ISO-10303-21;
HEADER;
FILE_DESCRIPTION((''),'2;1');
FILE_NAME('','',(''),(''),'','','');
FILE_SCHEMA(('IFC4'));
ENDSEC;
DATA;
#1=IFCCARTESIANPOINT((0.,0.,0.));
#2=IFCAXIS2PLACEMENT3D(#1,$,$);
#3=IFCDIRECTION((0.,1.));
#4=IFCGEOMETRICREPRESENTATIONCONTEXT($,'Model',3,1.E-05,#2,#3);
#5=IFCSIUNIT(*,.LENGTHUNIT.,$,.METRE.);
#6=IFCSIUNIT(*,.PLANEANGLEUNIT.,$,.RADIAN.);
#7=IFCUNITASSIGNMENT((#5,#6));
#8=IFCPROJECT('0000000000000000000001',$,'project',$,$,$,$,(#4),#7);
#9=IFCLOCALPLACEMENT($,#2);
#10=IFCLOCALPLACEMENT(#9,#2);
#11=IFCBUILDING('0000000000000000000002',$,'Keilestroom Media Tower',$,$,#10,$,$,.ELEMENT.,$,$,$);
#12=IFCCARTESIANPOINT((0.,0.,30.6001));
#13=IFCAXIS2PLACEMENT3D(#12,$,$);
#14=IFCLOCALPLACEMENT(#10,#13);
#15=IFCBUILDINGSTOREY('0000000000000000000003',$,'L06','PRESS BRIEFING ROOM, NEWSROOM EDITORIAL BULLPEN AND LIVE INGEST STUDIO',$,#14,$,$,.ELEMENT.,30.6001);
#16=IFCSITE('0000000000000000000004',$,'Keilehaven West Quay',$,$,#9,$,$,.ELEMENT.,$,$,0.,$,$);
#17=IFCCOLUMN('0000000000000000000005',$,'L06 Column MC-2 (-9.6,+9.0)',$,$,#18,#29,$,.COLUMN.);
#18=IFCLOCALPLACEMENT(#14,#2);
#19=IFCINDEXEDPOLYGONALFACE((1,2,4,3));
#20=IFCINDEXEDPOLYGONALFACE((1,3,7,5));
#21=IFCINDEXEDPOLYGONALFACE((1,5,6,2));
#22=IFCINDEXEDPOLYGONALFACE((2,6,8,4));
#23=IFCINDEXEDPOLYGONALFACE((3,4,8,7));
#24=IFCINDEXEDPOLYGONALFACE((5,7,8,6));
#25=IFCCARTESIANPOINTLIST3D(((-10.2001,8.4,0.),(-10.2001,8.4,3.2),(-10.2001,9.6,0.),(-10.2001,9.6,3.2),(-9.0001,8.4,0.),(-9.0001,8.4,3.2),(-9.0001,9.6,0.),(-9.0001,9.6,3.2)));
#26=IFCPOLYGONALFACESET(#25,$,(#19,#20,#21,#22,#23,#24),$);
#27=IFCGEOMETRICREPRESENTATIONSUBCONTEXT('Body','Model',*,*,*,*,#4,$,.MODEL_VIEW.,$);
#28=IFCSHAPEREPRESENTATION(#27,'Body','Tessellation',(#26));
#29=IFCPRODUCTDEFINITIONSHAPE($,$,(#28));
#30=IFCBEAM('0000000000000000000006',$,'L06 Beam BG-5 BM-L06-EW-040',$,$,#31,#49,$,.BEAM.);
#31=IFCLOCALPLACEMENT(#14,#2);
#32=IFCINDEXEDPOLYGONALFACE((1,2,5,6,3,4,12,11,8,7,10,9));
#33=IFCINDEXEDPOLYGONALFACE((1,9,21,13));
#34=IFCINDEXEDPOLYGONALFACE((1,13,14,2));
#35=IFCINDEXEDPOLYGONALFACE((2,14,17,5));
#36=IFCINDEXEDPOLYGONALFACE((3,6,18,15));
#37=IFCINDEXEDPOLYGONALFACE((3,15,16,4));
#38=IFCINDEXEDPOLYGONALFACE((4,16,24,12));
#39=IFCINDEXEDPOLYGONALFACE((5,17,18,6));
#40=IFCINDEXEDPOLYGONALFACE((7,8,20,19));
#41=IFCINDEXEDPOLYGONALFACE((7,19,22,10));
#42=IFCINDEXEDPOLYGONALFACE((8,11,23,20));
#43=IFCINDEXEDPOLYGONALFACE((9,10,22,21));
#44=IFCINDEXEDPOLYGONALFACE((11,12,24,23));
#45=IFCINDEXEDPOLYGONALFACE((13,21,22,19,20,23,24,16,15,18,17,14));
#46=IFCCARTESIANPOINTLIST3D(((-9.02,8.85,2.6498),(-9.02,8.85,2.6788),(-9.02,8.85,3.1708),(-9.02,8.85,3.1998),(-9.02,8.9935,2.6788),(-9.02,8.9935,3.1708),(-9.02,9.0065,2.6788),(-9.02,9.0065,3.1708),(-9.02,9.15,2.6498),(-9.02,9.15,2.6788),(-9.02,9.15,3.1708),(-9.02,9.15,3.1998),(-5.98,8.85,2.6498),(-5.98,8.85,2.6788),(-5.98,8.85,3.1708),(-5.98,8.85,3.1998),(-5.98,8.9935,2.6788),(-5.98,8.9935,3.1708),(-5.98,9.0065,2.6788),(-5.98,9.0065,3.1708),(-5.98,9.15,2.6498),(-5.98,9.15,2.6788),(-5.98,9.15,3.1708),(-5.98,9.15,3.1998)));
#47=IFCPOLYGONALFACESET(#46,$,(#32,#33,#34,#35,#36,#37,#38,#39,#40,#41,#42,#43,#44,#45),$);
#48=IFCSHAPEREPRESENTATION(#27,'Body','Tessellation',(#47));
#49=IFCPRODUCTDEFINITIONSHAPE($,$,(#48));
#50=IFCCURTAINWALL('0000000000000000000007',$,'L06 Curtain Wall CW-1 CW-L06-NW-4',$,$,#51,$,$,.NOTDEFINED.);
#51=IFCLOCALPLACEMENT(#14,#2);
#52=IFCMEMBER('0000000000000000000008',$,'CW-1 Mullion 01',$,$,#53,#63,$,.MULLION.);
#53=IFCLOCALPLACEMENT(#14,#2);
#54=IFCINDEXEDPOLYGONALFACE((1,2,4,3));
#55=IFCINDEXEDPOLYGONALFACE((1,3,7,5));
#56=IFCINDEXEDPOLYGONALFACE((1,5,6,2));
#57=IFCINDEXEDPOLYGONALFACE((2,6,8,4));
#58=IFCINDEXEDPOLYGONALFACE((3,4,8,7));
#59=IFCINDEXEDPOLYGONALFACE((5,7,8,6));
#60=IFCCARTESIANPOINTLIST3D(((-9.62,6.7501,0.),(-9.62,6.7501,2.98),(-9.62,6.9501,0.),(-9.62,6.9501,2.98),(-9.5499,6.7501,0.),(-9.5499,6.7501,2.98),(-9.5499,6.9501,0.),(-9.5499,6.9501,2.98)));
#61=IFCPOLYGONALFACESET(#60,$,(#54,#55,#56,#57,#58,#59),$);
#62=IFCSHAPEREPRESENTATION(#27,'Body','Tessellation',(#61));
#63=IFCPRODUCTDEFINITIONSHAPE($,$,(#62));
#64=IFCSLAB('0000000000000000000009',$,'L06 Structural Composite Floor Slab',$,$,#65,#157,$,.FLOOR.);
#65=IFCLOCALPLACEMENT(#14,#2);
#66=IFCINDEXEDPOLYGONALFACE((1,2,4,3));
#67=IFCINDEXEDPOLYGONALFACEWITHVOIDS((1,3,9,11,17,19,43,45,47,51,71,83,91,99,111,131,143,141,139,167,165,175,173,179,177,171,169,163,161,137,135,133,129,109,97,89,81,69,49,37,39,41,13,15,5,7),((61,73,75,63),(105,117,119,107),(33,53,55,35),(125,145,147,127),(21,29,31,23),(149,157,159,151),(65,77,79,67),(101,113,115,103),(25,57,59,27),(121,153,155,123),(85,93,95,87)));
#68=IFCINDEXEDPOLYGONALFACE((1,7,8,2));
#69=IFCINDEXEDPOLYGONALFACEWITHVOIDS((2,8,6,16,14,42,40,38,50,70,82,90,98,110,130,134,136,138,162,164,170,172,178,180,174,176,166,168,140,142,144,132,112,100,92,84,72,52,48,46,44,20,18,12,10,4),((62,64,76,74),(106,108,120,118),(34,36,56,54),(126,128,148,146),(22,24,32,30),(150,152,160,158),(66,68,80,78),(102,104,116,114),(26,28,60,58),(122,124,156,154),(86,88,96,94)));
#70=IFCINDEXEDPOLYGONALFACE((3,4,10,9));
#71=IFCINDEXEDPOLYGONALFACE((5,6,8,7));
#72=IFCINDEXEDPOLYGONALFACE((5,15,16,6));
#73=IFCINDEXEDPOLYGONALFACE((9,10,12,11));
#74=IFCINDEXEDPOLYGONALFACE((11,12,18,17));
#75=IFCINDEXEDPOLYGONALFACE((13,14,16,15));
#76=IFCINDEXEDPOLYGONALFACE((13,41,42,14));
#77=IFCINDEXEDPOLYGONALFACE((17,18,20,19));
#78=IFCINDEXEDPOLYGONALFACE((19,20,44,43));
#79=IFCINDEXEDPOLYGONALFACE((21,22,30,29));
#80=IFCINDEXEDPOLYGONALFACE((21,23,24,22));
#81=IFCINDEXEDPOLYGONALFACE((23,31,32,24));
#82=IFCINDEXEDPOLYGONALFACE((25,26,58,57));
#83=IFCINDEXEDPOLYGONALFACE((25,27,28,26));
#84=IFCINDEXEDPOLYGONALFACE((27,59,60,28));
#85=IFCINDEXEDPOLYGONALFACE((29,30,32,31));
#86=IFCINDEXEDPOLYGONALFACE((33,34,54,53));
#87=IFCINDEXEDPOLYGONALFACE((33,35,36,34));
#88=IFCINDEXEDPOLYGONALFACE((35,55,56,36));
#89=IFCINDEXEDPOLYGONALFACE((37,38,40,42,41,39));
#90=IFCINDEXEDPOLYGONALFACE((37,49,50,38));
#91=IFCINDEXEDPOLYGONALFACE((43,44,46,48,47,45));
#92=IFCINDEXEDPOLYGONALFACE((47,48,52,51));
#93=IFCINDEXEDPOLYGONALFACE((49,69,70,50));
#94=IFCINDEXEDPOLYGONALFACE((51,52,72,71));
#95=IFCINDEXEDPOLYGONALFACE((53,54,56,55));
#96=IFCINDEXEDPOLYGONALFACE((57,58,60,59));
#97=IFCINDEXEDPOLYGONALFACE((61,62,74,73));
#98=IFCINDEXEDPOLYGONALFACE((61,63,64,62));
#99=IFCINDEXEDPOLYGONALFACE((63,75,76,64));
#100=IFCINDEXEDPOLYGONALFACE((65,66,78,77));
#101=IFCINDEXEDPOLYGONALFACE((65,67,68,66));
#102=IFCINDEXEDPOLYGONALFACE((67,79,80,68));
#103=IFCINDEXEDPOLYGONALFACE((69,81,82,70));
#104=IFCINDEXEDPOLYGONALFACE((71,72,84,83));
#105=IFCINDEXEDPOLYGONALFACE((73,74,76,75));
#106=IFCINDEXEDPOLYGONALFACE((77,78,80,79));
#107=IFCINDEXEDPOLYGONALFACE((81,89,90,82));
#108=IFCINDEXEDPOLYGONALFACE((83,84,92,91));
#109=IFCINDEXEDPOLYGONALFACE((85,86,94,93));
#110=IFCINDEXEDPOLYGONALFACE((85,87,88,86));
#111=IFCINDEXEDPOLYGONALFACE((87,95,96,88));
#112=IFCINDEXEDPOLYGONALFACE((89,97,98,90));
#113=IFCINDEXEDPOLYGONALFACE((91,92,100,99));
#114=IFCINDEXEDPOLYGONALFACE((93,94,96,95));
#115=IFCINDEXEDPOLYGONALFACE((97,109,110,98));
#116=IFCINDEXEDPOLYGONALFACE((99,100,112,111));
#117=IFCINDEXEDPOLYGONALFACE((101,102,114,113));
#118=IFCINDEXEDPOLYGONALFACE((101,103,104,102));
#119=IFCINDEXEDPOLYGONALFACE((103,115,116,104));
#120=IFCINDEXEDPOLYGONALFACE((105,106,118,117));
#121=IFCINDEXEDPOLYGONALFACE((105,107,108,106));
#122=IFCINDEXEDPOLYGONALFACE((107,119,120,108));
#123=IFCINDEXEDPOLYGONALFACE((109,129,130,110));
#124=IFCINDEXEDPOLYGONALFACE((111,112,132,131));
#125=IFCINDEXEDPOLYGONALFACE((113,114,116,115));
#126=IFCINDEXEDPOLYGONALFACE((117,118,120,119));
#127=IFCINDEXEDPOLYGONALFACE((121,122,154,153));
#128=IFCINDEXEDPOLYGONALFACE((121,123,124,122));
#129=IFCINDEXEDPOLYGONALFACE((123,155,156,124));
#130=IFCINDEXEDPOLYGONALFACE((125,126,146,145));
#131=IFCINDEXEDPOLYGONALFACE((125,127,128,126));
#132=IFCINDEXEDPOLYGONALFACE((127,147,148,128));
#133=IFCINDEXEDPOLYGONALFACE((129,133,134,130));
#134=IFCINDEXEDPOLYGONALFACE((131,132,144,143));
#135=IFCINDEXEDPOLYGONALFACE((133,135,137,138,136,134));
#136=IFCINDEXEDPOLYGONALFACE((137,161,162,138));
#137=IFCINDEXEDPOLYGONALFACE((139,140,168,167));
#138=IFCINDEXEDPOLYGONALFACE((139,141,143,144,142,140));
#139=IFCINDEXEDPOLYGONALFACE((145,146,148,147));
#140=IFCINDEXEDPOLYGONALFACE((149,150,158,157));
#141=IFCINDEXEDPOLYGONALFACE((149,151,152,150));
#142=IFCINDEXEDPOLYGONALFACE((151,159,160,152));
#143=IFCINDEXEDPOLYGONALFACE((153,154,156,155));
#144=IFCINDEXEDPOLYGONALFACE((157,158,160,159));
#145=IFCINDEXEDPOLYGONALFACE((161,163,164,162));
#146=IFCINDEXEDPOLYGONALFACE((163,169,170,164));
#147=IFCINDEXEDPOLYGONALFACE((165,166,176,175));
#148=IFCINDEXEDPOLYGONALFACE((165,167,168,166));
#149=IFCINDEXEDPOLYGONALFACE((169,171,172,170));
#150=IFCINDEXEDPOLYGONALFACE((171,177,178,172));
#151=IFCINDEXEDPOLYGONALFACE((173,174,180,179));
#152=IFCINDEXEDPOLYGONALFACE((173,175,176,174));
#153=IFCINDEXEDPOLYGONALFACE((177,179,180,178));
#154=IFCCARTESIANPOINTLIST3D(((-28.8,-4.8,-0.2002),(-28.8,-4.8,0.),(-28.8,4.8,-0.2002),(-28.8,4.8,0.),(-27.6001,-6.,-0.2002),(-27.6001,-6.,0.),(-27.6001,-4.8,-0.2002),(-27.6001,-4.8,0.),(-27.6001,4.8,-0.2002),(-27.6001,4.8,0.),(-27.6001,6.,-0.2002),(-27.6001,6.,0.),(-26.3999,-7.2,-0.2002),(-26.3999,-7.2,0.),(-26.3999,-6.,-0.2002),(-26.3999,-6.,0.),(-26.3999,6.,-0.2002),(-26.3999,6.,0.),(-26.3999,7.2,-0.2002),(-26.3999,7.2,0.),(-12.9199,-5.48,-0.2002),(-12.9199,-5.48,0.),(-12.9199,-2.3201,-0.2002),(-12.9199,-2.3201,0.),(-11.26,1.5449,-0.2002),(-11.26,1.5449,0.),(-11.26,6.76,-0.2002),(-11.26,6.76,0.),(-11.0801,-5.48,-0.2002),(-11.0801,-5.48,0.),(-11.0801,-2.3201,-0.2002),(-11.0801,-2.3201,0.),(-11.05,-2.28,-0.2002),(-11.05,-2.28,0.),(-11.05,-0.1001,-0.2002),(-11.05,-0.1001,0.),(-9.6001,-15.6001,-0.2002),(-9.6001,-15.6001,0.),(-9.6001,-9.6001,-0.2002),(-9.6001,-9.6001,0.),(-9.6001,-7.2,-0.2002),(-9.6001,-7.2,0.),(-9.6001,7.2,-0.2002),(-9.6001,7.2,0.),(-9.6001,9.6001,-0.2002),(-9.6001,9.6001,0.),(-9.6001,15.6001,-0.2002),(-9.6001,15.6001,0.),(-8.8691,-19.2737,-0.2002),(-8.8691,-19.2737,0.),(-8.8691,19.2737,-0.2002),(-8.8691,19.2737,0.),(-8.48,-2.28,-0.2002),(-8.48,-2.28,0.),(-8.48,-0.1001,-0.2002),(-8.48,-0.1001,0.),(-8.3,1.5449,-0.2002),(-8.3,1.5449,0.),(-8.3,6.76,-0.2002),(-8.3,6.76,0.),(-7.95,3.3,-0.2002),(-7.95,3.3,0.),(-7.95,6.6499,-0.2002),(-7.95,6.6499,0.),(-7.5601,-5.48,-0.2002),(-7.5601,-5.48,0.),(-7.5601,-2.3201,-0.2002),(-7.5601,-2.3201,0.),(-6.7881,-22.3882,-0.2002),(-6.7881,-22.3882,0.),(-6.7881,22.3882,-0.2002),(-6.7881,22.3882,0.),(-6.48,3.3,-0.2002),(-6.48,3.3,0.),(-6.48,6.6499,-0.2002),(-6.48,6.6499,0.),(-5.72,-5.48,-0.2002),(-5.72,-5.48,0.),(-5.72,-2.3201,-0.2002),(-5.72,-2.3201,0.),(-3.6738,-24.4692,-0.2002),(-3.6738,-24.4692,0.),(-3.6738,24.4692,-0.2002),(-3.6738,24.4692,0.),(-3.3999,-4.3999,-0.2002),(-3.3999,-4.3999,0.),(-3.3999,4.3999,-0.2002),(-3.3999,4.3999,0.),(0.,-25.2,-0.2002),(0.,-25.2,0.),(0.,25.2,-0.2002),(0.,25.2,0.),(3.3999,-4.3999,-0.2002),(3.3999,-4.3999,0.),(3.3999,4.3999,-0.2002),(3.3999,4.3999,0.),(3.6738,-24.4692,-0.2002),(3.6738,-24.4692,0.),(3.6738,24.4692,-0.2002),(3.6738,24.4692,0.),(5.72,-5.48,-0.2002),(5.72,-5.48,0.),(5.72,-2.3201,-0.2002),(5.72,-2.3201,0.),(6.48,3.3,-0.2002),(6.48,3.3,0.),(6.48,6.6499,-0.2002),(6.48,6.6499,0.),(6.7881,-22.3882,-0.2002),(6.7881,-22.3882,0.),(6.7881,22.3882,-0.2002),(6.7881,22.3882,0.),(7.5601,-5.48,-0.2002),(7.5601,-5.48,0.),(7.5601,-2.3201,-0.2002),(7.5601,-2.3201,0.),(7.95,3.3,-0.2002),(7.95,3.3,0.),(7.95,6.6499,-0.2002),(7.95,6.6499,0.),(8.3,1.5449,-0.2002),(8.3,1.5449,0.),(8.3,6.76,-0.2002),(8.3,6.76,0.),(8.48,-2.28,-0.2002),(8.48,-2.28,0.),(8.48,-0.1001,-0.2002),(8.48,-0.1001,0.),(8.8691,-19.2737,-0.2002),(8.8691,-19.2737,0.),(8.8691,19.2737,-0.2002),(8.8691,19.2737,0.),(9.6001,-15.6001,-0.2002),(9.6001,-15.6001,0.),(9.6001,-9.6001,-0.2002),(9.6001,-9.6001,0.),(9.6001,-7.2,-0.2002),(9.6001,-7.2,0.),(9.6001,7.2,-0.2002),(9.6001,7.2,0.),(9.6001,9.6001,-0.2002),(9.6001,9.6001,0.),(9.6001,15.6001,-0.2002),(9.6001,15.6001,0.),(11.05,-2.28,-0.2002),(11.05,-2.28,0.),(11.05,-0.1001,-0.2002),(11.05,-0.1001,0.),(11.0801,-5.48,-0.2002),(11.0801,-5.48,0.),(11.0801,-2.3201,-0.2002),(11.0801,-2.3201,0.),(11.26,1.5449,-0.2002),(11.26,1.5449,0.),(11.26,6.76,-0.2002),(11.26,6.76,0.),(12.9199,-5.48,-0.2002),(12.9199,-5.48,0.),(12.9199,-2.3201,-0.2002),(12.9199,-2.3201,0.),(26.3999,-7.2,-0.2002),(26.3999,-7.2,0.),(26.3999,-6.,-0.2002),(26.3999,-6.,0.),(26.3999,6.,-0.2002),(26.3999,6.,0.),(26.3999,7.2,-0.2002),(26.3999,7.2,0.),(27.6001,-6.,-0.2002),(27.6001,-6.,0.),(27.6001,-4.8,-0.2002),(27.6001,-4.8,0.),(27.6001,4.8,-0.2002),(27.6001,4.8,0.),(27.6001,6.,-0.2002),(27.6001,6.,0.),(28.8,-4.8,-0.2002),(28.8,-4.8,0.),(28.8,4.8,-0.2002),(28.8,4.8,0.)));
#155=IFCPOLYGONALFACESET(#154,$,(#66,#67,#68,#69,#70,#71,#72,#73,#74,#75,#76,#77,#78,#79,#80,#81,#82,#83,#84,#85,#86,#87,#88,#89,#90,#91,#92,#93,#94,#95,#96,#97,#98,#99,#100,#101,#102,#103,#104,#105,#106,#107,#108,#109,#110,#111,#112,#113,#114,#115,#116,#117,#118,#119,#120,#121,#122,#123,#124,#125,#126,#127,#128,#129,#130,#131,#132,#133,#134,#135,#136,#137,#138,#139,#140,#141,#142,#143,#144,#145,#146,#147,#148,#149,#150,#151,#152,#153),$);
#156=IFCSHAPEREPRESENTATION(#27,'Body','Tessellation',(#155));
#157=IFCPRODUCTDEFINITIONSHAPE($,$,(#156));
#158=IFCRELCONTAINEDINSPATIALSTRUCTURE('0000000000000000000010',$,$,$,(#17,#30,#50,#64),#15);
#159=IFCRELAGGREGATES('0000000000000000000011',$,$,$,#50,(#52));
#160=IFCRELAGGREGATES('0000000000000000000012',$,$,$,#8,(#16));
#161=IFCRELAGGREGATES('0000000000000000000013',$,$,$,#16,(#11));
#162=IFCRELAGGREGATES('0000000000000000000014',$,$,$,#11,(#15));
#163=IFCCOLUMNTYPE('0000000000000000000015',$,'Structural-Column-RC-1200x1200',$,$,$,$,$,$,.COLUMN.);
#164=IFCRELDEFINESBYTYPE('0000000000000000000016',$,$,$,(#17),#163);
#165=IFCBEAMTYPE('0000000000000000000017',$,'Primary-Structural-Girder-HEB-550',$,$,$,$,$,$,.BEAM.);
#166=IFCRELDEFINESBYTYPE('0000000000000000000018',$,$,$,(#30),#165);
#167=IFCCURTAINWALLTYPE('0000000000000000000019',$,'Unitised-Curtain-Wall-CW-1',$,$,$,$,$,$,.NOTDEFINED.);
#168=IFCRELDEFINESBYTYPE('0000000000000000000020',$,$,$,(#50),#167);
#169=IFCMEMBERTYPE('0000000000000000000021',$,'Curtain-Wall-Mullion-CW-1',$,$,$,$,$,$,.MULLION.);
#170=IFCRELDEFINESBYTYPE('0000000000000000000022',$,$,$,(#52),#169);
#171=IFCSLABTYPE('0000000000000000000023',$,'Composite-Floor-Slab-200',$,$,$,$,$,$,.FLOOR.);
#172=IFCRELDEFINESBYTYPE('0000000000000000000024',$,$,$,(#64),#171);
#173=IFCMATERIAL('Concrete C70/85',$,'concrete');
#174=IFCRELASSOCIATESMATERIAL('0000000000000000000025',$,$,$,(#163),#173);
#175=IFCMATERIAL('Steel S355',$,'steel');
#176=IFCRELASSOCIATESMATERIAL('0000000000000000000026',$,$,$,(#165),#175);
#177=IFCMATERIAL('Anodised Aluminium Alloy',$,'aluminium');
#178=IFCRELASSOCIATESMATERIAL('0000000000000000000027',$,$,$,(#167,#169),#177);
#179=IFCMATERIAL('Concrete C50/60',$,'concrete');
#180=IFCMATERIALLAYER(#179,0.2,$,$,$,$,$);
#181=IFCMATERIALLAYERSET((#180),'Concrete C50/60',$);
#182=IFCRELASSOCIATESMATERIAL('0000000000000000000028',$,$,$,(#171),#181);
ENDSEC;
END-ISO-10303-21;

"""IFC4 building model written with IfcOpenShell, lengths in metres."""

from ifc_helpers import new_model, si_unit, direction, frame, origin, origin_2d, place, context, subcontext, project, spatial, polyline, rectangle, i_section, outline, extrude, source, transform, mapped, material, layer, layer_set, material_profile, profile_set, type_object, element, aggregate, save


model = new_model("IFC4")

# Units and contexts
model_context = context("Model", 3, precision=1e-05, world=origin(), true_north=direction((0.0, 1.0)))
body_context = subcontext(model_context, "Body", "Model", "MODEL_VIEW")
ifc_project = project(units=[si_unit("LENGTHUNIT", "METRE"), si_unit("PLANEANGLEUNIT", "RADIAN")], contexts=[model_context])

# Site, building, storey
site_placement = place(None, origin())
site = spatial("IfcSite", under=ifc_project, at=site_placement, Name="Keilehaven West Quay", CompositionType="ELEMENT", RefElevation=0.0)
building_placement = place(site_placement, origin())
building = spatial("IfcBuilding", under=site, at=building_placement, Name="Keilestroom Media Tower", CompositionType="ELEMENT")
storey_placement = place(building_placement, frame((0.0, 0.0, 30.6001)))
storey = spatial("IfcBuildingStorey", under=building, at=storey_placement, Name="L06", Description="PRESS BRIEFING ROOM, NEWSROOM EDITORIAL BULLPEN AND LIVE INGEST STUDIO", CompositionType="ELEMENT", Elevation=30.6001)

# Column
ifc_material_1 = material(Name="Concrete C70/85", Category="concrete")
ifc_material_profile_1 = material_profile(ifc_material_1, rectangle(XDim=1.2, YDim=1.2, at=origin_2d()), Name="RC 1200x1200")
ifc_profile_set_1 = profile_set([ifc_material_profile_1], Name="Concrete C70/85")
column_type = type_object("IfcColumnType", Name="Structural-Column-RC-1200x1200", PredefinedType="COLUMN", material=ifc_profile_set_1)
shared_shape_1 = source(origin(), body_context, "Body", "SweptSolid", [
    extrude(rectangle(XDim=1.2, YDim=1.2, at=origin_2d()), origin(), (0.0, 0.0, 1.0), 3.2),
])
column_placement = place(storey_placement, frame((-9.6001, 9.0, 0.0), z_axis=(0.0, 0.0, 1.0), x_axis=(1.0, 0.0, 0.0)))
element("IfcColumn", 1, at=column_placement, inside=storey, type_object=column_type, Name="L06 Column MC-2 (-9.6,+9.0)", PredefinedType="COLUMN", context=body_context, shape_type="MappedRepresentation", body=[
    mapped(shared_shape_1, transform((0.0, 0.0, 0.0), x_axis=(1.0, 0.0, 0.0), y_axis=(0.0, 1.0, 0.0), z_axis=(0.0, 0.0, 1.0), scale=1.0)),
])

# Beam
ifc_material_2 = material(Name="Steel S355", Category="steel")
ifc_material_profile_2 = material_profile(ifc_material_2, i_section(OverallWidth=0.3, OverallDepth=0.55, WebThickness=0.0129, FlangeThickness=0.0291, at=origin_2d()), Name="HEB 550")
ifc_profile_set_2 = profile_set([ifc_material_profile_2], Name="Steel S355")
beam_type = type_object("IfcBeamType", Name="Primary-Structural-Girder-HEB-550", PredefinedType="BEAM", material=ifc_profile_set_2)
shared_shape_2 = source(origin(), body_context, "Body", "SweptSolid", [
    extrude(i_section(OverallWidth=0.3, OverallDepth=0.55, WebThickness=0.0129, FlangeThickness=0.0291, at=origin_2d()), origin(), (0.0, 0.0, 1.0), 3.04),
])
beam_placement = place(storey_placement, frame((-9.02, 9.0, 2.9248), z_axis=(1.0, 0.0, 0.0), x_axis=(0.0, 1.0, 0.0)))
element("IfcBeam", 2, at=beam_placement, inside=storey, type_object=beam_type, Name="L06 Beam BG-5 BM-L06-EW-040", PredefinedType="BEAM", context=body_context, shape_type="MappedRepresentation", body=[
    mapped(shared_shape_2, transform((0.0, 0.0, 0.0), x_axis=(1.0, 0.0, 0.0), y_axis=(0.0, 1.0, 0.0), z_axis=(0.0, 0.0, 1.0), scale=1.0)),
])

# Curtain wall, member
ifc_material_3 = material(Name="Anodised Aluminium Alloy", Category="aluminium")
curtain_wall_type = type_object("IfcCurtainWallType", Name="Unitised-Curtain-Wall-CW-1", PredefinedType="NOTDEFINED", material=ifc_material_3)
curtain_wall_placement = place(storey_placement, origin())
curtain_wall = element("IfcCurtainWall", 3, at=curtain_wall_placement, inside=storey, type_object=curtain_wall_type, Name="L06 Curtain Wall CW-1 CW-L06-NW-4", PredefinedType="NOTDEFINED")
ifc_material_profile_3 = material_profile(ifc_material_3, rectangle(XDim=0.0701, YDim=0.2, at=origin_2d()), Name="ALU MULLION 70x200")
ifc_profile_set_3 = profile_set([ifc_material_profile_3], Name="Anodised Aluminium Alloy")
member_type = type_object("IfcMemberType", Name="Curtain-Wall-Mullion-CW-1", PredefinedType="MULLION", material=ifc_profile_set_3)
shared_shape_3 = source(origin(), body_context, "Body", "SweptSolid", [
    extrude(rectangle(XDim=0.0701, YDim=0.2, at=origin_2d()), origin(), (0.0, 0.0, 1.0), 2.98),
])
member_placement = place(storey_placement, frame((-9.585, 6.8501, 0.0), z_axis=(0.0, 0.0, 1.0), x_axis=(1.0, 0.0, 0.0)))
member = element("IfcMember", 4, at=member_placement, type_object=member_type, Name="CW-1 Mullion 01", PredefinedType="MULLION", context=body_context, shape_type="MappedRepresentation", body=[
    mapped(shared_shape_3, transform((0.0, 0.0, 0.0), x_axis=(1.0, 0.0, 0.0), y_axis=(0.0, 1.0, 0.0), z_axis=(0.0, 0.0, 1.0), scale=1.0)),
])

# Slab
ifc_material_4 = material(Name="Concrete C50/60", Category="concrete")
ifc_layer_1 = layer(ifc_material_4, 0.2)
ifc_layer_set_1 = layer_set([ifc_layer_1], Name="Concrete C50/60")
slab_type_1 = type_object("IfcSlabType", Name="Composite-Floor-Slab-200", PredefinedType="FLOOR", material=ifc_layer_set_1)
slab_1_placement = place(storey_placement, frame((0.0, 0.0, -0.2002)))
element("IfcSlab", 5, at=slab_1_placement, inside=storey, type_object=slab_type_1, Name="L06 Structural Composite Floor Slab", PredefinedType="FLOOR", context=body_context, shape_type="SweptSolid", body=[
    extrude(outline(polyline([(28.8, -4.8), (28.8, 4.8), (27.6001, 4.8), (27.6001, 6.0), (26.3999, 6.0), (26.3999, 7.2), (9.6001, 7.2), (9.6001, 9.6001), (9.6001, 15.6001), (8.8691, 19.2737), (6.7881, 22.3882), (3.6738, 24.4692), (0.0, 25.2), (-3.6738, 24.4692), (-6.7881, 22.3882), (-8.8691, 19.2737), (-9.6001, 15.6001), (-9.6001, 9.6001), (-9.6001, 7.2), (-26.3999, 7.2), (-26.3999, 6.0), (-27.6001, 6.0), (-27.6001, 4.8), (-28.8, 4.8), (-28.8, -4.8), (-27.6001, -4.8), (-27.6001, -6.0), (-26.3999, -6.0), (-26.3999, -7.2), (-9.6001, -7.2), (-9.6001, -9.6001), (-9.6001, -15.6001), (-8.8691, -19.2737), (-6.7881, -22.3882), (-3.6738, -24.4692), (0.0, -25.2), (3.6738, -24.4692), (6.7881, -22.3882), (8.8691, -19.2737), (9.6001, -15.6001), (9.6001, -9.6001), (9.6001, -7.2), (26.3999, -7.2), (26.3999, -6.0), (27.6001, -6.0), (27.6001, -4.8), (28.8, -4.8)]), holes=[polyline([(-12.9199, -5.48), (-12.9199, -2.3201), (-11.0801, -2.3201), (-11.0801, -5.48), (-12.9199, -5.48)]), polyline([(-11.26, 1.5449), (-11.26, 6.76), (-8.3, 6.76), (-8.3, 1.5449), (-11.26, 1.5449)]), polyline([(-11.05, -2.28), (-11.05, -0.1001), (-8.48, -0.1001), (-8.48, -2.28), (-11.05, -2.28)]), polyline([(-7.95, 3.3), (-7.95, 6.6499), (-6.48, 6.6499), (-6.48, 3.3), (-7.95, 3.3)]), polyline([(-7.5601, -5.48), (-7.5601, -2.3201), (-5.72, -2.3201), (-5.72, -5.48), (-7.5601, -5.48)]), polyline([(-3.3999, -4.3999), (-3.3999, 4.3999), (3.3999, 4.3999), (3.3999, -4.3999), (-3.3999, -4.3999)]), polyline([(5.72, -5.48), (5.72, -2.3201), (7.5601, -2.3201), (7.5601, -5.48), (5.72, -5.48)]), polyline([(7.95, 6.6499), (7.95, 3.3), (6.48, 3.3), (6.48, 6.6499), (7.95, 6.6499)]), polyline([(8.3, 6.76), (11.26, 6.76), (11.26, 1.5449), (8.3, 1.5449), (8.3, 6.76)]), polyline([(8.48, -2.28), (8.48, -0.1001), (11.05, -0.1001), (11.05, -2.28), (8.48, -2.28)]), polyline([(12.9199, -5.48), (11.0801, -5.48), (11.0801, -2.3201), (12.9199, -2.3201), (12.9199, -5.48)])]), origin(), (0.0, 0.0, 1.0), 0.2002),
])

aggregate(curtain_wall, [member])

save(model, "model.ifc")
